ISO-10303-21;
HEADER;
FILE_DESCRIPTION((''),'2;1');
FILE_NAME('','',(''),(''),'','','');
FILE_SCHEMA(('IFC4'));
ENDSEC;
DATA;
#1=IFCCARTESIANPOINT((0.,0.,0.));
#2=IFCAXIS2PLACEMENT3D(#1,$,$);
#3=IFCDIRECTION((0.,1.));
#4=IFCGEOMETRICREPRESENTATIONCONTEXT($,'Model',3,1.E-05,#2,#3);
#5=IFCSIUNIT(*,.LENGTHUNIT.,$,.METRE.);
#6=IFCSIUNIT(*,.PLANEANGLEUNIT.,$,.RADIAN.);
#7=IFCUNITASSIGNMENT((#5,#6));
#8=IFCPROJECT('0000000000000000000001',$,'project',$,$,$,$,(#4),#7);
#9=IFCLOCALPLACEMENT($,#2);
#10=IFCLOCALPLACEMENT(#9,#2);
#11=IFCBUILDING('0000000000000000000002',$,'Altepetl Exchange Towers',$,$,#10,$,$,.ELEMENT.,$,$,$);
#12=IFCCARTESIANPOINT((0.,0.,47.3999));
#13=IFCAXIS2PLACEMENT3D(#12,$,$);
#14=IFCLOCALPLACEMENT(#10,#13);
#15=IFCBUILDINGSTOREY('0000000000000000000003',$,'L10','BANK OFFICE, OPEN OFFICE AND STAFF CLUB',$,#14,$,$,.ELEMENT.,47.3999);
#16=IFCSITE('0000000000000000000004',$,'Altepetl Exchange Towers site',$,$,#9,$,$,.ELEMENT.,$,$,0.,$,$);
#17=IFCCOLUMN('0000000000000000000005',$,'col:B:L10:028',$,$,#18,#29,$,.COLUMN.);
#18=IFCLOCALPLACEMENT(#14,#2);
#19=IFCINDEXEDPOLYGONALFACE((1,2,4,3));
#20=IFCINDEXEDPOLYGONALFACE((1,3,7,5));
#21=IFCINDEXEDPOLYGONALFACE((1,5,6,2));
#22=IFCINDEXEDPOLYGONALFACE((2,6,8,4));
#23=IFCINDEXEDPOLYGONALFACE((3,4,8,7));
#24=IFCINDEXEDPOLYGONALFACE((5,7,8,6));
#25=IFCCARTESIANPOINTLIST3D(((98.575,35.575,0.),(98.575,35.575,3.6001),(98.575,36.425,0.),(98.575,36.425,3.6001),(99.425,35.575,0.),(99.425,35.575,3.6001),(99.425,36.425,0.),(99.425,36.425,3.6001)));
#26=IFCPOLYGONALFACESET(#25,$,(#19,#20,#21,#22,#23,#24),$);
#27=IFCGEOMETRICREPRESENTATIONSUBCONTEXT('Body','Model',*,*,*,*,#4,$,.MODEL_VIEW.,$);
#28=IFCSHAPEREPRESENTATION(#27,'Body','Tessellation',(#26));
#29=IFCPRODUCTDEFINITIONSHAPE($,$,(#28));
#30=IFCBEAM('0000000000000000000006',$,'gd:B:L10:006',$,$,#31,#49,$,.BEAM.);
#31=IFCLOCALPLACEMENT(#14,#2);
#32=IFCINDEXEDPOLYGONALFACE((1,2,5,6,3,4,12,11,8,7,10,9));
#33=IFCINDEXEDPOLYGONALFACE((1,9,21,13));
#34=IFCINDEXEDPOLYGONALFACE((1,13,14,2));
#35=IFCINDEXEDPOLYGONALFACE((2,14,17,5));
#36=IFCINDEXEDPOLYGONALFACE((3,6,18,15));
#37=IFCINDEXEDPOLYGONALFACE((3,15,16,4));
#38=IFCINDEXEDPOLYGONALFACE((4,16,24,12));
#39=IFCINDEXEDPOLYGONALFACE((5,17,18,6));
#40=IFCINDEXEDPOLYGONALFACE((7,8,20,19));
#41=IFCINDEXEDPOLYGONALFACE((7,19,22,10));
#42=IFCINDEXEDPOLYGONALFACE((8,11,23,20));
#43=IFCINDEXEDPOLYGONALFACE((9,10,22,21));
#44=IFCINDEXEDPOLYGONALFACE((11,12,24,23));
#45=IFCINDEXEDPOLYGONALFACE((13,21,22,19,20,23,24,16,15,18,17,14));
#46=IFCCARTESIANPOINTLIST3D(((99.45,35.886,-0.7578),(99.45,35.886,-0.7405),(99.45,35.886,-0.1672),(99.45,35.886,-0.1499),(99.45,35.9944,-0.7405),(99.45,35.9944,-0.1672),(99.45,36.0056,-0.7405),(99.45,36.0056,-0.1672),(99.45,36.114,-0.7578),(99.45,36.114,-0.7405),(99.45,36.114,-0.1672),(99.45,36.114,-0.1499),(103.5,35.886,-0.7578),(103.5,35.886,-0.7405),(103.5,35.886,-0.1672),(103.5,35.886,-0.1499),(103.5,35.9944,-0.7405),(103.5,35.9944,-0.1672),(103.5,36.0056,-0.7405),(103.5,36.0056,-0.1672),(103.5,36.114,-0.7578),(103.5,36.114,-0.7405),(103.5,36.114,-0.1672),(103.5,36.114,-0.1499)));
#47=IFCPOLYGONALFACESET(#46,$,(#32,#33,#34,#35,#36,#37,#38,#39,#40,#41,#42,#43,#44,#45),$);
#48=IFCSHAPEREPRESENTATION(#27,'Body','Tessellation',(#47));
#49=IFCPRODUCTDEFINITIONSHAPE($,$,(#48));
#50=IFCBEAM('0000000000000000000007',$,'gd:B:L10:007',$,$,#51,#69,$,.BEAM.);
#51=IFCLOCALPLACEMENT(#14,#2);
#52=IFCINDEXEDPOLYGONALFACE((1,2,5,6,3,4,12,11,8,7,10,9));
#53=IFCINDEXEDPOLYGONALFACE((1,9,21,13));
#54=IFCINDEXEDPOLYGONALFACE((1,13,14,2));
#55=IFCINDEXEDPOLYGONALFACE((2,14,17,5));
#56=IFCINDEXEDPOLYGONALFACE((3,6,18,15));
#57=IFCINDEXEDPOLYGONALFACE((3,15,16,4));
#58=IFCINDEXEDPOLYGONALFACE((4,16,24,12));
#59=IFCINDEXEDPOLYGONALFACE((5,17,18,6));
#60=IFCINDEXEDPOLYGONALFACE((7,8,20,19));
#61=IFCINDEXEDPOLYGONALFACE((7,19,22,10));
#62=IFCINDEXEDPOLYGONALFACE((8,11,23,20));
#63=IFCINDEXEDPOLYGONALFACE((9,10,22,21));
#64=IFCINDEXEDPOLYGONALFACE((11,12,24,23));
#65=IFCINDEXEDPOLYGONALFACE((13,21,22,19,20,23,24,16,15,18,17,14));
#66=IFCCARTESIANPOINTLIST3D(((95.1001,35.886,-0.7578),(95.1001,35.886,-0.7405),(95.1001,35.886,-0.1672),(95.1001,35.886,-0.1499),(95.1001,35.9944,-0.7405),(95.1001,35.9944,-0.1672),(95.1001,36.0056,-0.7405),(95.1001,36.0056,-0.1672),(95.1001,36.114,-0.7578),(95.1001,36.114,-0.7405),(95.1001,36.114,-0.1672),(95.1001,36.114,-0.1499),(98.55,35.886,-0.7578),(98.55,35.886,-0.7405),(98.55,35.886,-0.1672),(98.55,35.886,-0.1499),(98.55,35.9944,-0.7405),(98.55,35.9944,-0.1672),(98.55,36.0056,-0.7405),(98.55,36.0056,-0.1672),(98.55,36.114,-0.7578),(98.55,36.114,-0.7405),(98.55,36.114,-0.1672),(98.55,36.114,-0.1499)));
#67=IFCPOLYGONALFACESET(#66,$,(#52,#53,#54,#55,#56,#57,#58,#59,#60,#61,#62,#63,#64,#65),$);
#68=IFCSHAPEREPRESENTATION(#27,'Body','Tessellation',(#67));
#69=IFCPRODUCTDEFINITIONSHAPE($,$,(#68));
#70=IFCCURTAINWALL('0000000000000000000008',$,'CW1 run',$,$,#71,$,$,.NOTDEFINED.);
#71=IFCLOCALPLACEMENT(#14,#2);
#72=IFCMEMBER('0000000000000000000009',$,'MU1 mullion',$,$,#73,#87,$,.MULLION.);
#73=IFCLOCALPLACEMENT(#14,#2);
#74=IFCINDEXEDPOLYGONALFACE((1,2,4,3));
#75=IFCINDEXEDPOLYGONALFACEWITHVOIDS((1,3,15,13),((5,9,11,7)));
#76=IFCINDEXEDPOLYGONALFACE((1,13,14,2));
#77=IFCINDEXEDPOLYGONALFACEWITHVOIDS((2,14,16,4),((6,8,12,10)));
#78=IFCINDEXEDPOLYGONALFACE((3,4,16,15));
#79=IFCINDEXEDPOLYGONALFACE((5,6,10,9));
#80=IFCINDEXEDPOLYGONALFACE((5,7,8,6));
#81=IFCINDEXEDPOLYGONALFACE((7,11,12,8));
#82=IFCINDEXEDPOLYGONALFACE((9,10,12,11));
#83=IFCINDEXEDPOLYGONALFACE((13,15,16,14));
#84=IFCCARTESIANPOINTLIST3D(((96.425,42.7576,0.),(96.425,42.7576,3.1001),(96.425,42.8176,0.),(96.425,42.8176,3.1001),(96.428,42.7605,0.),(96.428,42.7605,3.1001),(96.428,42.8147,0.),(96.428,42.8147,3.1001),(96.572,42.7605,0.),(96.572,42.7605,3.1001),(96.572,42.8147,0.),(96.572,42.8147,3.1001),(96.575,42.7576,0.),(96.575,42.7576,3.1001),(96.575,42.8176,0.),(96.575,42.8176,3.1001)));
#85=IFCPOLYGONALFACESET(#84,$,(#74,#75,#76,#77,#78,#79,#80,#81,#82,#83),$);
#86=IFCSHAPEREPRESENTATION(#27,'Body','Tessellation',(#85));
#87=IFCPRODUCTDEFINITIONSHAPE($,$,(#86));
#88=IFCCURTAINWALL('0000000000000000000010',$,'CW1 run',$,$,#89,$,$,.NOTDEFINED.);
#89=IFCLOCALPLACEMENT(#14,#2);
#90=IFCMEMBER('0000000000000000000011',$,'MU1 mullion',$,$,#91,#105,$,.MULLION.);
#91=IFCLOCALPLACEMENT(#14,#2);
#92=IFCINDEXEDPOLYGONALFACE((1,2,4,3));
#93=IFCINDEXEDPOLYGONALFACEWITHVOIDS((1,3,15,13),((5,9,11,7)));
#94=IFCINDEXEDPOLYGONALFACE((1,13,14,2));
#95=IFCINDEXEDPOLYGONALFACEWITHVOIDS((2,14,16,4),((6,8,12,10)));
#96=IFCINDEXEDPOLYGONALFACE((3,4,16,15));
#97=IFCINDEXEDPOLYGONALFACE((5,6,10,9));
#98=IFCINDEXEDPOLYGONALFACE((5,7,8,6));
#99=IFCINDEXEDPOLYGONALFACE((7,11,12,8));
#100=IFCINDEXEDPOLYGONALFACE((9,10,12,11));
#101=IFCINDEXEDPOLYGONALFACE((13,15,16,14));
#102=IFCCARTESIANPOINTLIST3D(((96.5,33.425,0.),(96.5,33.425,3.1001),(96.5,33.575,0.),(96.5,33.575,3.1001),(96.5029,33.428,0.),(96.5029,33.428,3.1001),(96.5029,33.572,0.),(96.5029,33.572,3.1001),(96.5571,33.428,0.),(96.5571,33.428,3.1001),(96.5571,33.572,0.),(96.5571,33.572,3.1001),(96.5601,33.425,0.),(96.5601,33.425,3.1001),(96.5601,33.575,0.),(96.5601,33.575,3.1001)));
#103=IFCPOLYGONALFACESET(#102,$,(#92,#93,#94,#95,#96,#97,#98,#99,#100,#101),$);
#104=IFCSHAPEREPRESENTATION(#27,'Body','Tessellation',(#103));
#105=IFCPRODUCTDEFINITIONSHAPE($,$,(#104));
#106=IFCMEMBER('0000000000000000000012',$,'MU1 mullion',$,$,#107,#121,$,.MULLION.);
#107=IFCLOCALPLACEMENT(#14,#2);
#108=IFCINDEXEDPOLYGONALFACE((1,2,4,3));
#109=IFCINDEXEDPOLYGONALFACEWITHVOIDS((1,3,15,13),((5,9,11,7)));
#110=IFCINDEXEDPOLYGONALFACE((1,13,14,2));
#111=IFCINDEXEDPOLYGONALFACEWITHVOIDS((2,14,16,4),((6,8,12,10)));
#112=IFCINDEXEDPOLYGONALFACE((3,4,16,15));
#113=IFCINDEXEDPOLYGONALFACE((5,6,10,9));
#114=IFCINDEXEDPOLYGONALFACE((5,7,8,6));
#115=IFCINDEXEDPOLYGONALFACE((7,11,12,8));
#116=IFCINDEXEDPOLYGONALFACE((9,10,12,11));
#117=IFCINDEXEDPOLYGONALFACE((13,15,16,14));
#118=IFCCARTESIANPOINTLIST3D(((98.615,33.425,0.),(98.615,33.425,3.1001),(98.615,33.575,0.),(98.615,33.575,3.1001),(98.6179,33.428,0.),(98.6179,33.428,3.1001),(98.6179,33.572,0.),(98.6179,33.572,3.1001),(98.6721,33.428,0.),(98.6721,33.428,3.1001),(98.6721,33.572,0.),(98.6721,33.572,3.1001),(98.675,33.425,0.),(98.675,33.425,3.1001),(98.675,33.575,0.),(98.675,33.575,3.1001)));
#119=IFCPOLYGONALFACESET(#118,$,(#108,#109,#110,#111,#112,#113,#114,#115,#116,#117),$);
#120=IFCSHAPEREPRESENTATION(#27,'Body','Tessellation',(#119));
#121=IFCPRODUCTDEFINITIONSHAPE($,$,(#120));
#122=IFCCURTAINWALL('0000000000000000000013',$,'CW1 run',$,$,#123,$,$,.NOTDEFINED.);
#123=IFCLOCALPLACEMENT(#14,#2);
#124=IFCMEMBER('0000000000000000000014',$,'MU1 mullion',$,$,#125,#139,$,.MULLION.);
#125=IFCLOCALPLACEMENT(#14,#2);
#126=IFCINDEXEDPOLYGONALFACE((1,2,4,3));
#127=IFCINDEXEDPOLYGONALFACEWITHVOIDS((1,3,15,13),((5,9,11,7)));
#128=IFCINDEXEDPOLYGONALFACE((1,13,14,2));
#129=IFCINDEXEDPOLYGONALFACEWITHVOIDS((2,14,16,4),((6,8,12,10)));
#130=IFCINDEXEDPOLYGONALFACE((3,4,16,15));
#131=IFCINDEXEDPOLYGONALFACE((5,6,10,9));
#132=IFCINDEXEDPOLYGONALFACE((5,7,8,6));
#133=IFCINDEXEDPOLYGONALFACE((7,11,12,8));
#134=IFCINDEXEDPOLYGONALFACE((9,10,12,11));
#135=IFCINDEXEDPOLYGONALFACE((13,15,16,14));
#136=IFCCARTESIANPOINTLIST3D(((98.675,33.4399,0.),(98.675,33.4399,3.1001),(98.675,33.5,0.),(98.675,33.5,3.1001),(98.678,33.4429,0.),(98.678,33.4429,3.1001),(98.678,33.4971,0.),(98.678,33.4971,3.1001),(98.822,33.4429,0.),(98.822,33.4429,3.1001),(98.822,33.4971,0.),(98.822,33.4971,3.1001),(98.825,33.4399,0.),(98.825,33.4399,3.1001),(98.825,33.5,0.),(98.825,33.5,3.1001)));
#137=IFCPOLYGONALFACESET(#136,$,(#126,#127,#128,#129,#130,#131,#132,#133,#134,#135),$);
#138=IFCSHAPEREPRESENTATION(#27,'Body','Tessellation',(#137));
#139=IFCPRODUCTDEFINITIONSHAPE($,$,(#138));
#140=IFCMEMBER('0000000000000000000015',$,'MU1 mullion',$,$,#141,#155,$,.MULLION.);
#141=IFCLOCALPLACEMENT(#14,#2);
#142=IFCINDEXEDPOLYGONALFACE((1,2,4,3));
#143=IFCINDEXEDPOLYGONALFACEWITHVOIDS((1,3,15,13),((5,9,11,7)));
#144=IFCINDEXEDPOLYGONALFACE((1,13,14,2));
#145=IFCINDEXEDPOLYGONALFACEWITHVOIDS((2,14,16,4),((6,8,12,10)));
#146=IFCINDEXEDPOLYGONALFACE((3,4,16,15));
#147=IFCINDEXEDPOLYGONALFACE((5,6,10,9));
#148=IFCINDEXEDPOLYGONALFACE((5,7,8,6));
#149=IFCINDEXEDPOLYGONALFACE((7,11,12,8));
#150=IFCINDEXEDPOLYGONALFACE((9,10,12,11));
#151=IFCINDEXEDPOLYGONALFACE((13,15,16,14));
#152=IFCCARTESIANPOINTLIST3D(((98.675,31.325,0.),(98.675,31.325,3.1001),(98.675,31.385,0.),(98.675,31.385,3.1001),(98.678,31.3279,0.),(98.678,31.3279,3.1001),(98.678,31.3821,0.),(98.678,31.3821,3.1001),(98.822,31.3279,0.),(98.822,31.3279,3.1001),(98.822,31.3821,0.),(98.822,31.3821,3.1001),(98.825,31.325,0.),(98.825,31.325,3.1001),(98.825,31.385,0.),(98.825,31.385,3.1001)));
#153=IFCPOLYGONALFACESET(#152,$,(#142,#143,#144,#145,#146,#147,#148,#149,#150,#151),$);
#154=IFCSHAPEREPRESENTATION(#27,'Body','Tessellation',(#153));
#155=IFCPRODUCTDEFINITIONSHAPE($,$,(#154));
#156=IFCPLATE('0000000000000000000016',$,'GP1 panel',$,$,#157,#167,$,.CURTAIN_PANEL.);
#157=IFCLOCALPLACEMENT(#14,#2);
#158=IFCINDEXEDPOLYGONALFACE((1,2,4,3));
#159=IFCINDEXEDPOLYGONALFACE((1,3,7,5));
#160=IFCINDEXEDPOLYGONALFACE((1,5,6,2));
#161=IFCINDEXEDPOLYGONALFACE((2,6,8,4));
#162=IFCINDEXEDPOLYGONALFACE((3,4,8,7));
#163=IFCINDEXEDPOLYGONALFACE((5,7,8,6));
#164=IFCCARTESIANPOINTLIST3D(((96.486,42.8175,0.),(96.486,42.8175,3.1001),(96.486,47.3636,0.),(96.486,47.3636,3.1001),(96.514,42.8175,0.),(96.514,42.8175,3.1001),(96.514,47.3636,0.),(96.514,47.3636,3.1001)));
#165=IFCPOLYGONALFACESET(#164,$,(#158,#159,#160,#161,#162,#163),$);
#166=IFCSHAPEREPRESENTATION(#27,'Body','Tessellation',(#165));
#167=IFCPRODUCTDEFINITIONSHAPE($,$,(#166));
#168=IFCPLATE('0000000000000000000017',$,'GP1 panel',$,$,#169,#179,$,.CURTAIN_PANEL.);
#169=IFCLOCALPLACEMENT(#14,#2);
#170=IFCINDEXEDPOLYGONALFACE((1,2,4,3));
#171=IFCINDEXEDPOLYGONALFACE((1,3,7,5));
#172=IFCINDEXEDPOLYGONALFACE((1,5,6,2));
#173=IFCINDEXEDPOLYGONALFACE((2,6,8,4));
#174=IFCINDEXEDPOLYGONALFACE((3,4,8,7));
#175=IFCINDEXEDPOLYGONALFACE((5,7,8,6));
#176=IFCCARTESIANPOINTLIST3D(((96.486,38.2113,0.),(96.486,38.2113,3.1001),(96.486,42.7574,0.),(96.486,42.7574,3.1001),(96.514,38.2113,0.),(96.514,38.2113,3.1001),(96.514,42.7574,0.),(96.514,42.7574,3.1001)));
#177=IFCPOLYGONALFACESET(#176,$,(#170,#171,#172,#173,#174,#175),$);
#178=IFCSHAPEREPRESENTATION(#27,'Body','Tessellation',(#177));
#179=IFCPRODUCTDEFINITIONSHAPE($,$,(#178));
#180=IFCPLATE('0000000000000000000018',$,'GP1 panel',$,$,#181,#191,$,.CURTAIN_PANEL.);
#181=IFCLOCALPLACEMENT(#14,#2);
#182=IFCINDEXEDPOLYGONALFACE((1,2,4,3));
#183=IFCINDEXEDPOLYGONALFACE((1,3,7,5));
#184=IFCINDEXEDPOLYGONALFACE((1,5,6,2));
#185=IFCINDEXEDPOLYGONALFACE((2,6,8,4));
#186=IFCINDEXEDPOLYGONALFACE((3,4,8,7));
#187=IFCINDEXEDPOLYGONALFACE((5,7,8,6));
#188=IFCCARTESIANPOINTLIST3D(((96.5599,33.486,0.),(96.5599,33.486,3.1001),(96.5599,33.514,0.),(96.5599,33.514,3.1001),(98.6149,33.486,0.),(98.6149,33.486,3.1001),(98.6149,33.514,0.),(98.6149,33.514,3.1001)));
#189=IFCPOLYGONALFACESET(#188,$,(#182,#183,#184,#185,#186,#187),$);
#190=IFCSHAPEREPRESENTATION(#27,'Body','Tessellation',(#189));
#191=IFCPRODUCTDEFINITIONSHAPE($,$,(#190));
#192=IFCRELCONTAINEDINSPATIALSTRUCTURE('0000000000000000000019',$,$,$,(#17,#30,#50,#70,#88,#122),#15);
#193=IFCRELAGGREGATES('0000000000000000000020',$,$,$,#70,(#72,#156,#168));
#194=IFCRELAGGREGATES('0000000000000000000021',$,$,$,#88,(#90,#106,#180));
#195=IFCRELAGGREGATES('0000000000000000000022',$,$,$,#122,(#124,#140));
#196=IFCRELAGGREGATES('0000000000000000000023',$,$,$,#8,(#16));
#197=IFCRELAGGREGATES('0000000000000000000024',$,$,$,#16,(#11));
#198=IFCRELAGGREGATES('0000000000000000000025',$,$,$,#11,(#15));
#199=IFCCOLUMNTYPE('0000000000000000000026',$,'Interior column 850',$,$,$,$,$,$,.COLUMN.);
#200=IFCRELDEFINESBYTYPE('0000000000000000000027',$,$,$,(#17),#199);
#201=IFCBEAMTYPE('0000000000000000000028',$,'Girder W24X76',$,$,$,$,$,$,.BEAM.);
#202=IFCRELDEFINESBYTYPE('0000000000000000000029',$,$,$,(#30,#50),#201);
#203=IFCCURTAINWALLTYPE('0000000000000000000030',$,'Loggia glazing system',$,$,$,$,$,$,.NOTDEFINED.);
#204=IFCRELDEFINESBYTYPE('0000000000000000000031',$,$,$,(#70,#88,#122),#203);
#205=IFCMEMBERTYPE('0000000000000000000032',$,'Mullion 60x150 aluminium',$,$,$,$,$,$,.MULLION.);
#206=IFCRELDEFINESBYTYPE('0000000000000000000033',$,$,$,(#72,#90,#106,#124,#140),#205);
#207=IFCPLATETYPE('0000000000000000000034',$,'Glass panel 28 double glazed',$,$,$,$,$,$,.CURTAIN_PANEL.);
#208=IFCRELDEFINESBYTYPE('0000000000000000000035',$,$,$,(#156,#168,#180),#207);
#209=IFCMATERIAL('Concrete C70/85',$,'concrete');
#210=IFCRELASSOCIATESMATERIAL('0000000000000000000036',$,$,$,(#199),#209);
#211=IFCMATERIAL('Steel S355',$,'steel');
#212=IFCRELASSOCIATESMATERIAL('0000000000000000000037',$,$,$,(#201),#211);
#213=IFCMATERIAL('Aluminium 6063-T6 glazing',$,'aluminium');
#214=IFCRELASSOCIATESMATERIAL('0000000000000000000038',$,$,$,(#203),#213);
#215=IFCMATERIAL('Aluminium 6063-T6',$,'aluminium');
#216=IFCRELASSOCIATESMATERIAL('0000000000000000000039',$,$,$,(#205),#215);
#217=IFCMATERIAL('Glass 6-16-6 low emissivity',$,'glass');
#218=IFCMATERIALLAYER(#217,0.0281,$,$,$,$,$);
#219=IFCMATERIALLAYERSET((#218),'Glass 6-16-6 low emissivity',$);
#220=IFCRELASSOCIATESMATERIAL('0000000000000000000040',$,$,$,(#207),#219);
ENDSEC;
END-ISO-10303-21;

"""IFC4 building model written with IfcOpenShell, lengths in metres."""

from ifc_helpers import new_model, si_unit, direction, frame, origin, origin_2d, place, context, subcontext, project, spatial, rectangle, hollow_rectangle, i_section, extrude, material, layer, layer_set, material_profile, profile_set, type_object, element, aggregate, save


model = new_model("IFC4")

# Units and contexts
model_context = context("Model", 3, precision=1e-05, world=origin(), true_north=direction((0.0, 1.0)))
body_context = subcontext(model_context, "Body", "Model", "MODEL_VIEW")
ifc_project = project(units=[si_unit("LENGTHUNIT", "METRE"), si_unit("PLANEANGLEUNIT", "RADIAN")], contexts=[model_context])

# Site, building, storey
site_placement = place(None, origin())
site = spatial("IfcSite", under=ifc_project, at=site_placement, Name="Altepetl Exchange Towers site", CompositionType="ELEMENT", RefElevation=0.0)
building_placement = place(site_placement, origin())
building = spatial("IfcBuilding", under=site, at=building_placement, Name="Altepetl Exchange Towers", CompositionType="ELEMENT")
storey_placement = place(building_placement, frame((0.0, 0.0, 47.3999)))
storey = spatial("IfcBuildingStorey", under=building, at=storey_placement, Name="L10", Description="BANK OFFICE, OPEN OFFICE AND STAFF CLUB", CompositionType="ELEMENT", Elevation=47.3999)

# Column
ifc_material_1 = material(Name="Concrete C70/85", Category="concrete")
ifc_material_profile_1 = material_profile(ifc_material_1, rectangle(XDim=0.8501, YDim=0.8501, at=origin_2d()), Name="850 x 850")
ifc_profile_set_1 = profile_set([ifc_material_profile_1], Name="Concrete C70/85")
column_type = type_object("IfcColumnType", Name="Interior column 850", PredefinedType="COLUMN", material=ifc_profile_set_1)
column_placement = place(storey_placement, frame((99.0, 36.0, 0.0)))
element("IfcColumn", 1, at=column_placement, inside=storey, type_object=column_type, Name="col:B:L10:028", PredefinedType="COLUMN", context=body_context, shape_type="SweptSolid", body=[
    extrude(rectangle(XDim=0.8501, YDim=0.8501, at=origin_2d()), origin(), (0.0, 0.0, 1.0), 3.6001),
])

# Beams
ifc_material_2 = material(Name="Steel S355", Category="steel")
ifc_material_profile_2 = material_profile(ifc_material_2, i_section(OverallWidth=0.228, OverallDepth=0.6079, WebThickness=0.0112, FlangeThickness=0.0173, at=origin_2d()), Name="W24X76")
ifc_profile_set_2 = profile_set([ifc_material_profile_2], Name="Steel S355")
beam_type = type_object("IfcBeamType", Name="Girder W24X76", PredefinedType="BEAM", material=ifc_profile_set_2)
beam_1_placement = place(storey_placement, frame((103.5, 36.0, -0.4539), z_axis=(-1.0, 0.0, 0.0), x_axis=(0.0, -1.0, 0.0)))
element("IfcBeam", 2, at=beam_1_placement, inside=storey, type_object=beam_type, Name="gd:B:L10:006", PredefinedType="BEAM", context=body_context, shape_type="SweptSolid", body=[
    extrude(i_section(OverallWidth=0.228, OverallDepth=0.6079, WebThickness=0.0112, FlangeThickness=0.0173, at=origin_2d()), origin(), (0.0, 0.0, 1.0), 4.05),
])
beam_2_placement = place(storey_placement, frame((98.55, 36.0, -0.4539), z_axis=(-1.0, 0.0, 0.0), x_axis=(0.0, -1.0, 0.0)))
element("IfcBeam", 3, at=beam_2_placement, inside=storey, type_object=beam_type, Name="gd:B:L10:007", PredefinedType="BEAM", context=body_context, shape_type="SweptSolid", body=[
    extrude(i_section(OverallWidth=0.228, OverallDepth=0.6079, WebThickness=0.0112, FlangeThickness=0.0173, at=origin_2d()), origin(), (0.0, 0.0, 1.0), 3.45),
])

# Curtain wall, member
ifc_material_3 = material(Name="Aluminium 6063-T6 glazing", Category="aluminium")
curtain_wall_type = type_object("IfcCurtainWallType", Name="Loggia glazing system", PredefinedType="NOTDEFINED", material=ifc_material_3)
curtain_wall_1_placement = place(storey_placement, origin())
curtain_wall_1 = element("IfcCurtainWall", 4, at=curtain_wall_1_placement, inside=storey, type_object=curtain_wall_type, Name="CW1 run", PredefinedType="NOTDEFINED")
ifc_material_4 = material(Name="Aluminium 6063-T6", Category="aluminium")
ifc_material_profile_3 = material_profile(ifc_material_4, hollow_rectangle(XDim=0.0601, YDim=0.1499, WallThickness=0.0029, at=origin_2d()), Name="Mullion 60x150 aluminium")
ifc_profile_set_3 = profile_set([ifc_material_profile_3], Name="Aluminium 6063-T6")
member_type = type_object("IfcMemberType", Name="Mullion 60x150 aluminium", PredefinedType="MULLION", material=ifc_profile_set_3)
member_1_placement = place(storey_placement, frame((96.5, 42.7876, 0.0), z_axis=(0.0, 0.0, 1.0), x_axis=(0.0, -1.0, 0.0)))
member_1 = element("IfcMember", 5, at=member_1_placement, type_object=member_type, Name="MU1 mullion", PredefinedType="MULLION", context=body_context, shape_type="SweptSolid", body=[
    extrude(hollow_rectangle(XDim=0.0601, YDim=0.1499, WallThickness=0.0029, at=origin_2d()), origin(), (0.0, 0.0, 1.0), 3.1001),
])

# Curtain walls, members
curtain_wall_2_placement = place(storey_placement, origin())
curtain_wall_2 = element("IfcCurtainWall", 6, at=curtain_wall_2_placement, inside=storey, type_object=curtain_wall_type, Name="CW1 run", PredefinedType="NOTDEFINED")
member_2_placement = place(storey_placement, frame((96.53, 33.5, 0.0)))
member_2 = element("IfcMember", 7, at=member_2_placement, type_object=member_type, Name="MU1 mullion", PredefinedType="MULLION", context=body_context, shape_type="SweptSolid", body=[
    extrude(hollow_rectangle(XDim=0.0601, YDim=0.1499, WallThickness=0.0029, at=origin_2d()), origin(), (0.0, 0.0, 1.0), 3.1001),
])
member_3_placement = place(storey_placement, frame((98.645, 33.5, 0.0)))
member_3 = element("IfcMember", 8, at=member_3_placement, type_object=member_type, Name="MU1 mullion", PredefinedType="MULLION", context=body_context, shape_type="SweptSolid", body=[
    extrude(hollow_rectangle(XDim=0.0601, YDim=0.1499, WallThickness=0.0029, at=origin_2d()), origin(), (0.0, 0.0, 1.0), 3.1001),
])
curtain_wall_3_placement = place(storey_placement, origin())
curtain_wall_3 = element("IfcCurtainWall", 9, at=curtain_wall_3_placement, inside=storey, type_object=curtain_wall_type, Name="CW1 run", PredefinedType="NOTDEFINED")
member_4_placement = place(storey_placement, frame((98.75, 33.47, 0.0), z_axis=(0.0, 0.0, 1.0), x_axis=(0.0, -1.0, 0.0)))
member_4 = element("IfcMember", 10, at=member_4_placement, type_object=member_type, Name="MU1 mullion", PredefinedType="MULLION", context=body_context, shape_type="SweptSolid", body=[
    extrude(hollow_rectangle(XDim=0.0601, YDim=0.1499, WallThickness=0.0029, at=origin_2d()), origin(), (0.0, 0.0, 1.0), 3.1001),
])
member_5_placement = place(storey_placement, frame((98.75, 31.355, 0.0), z_axis=(0.0, 0.0, 1.0), x_axis=(0.0, -1.0, 0.0)))
member_5 = element("IfcMember", 11, at=member_5_placement, type_object=member_type, Name="MU1 mullion", PredefinedType="MULLION", context=body_context, shape_type="SweptSolid", body=[
    extrude(hollow_rectangle(XDim=0.0601, YDim=0.1499, WallThickness=0.0029, at=origin_2d()), origin(), (0.0, 0.0, 1.0), 3.1001),
])

# Plates
ifc_material_5 = material(Name="Glass 6-16-6 low emissivity", Category="glass")
ifc_layer_1 = layer(ifc_material_5, 0.0281)
ifc_layer_set_1 = layer_set([ifc_layer_1], Name="Glass 6-16-6 low emissivity")
plate_type = type_object("IfcPlateType", Name="Glass panel 28 double glazed", PredefinedType="CURTAIN_PANEL", material=ifc_layer_set_1)
plate_1_placement = place(storey_placement, frame((96.5, 45.0906, 0.0), z_axis=(0.0, 0.0, 1.0), x_axis=(0.0, -1.0, 0.0)))
plate_1 = element("IfcPlate", 12, at=plate_1_placement, type_object=plate_type, Name="GP1 panel", PredefinedType="CURTAIN_PANEL", context=body_context, shape_type="SweptSolid", body=[
    extrude(rectangle(XDim=4.5461, YDim=0.0281, at=origin_2d()), origin(), (0.0, 0.0, 1.0), 3.1001),
])
plate_2_placement = place(storey_placement, frame((96.5, 40.4844, 0.0), z_axis=(0.0, 0.0, 1.0), x_axis=(0.0, -1.0, 0.0)))
plate_2 = element("IfcPlate", 13, at=plate_2_placement, type_object=plate_type, Name="GP1 panel", PredefinedType="CURTAIN_PANEL", context=body_context, shape_type="SweptSolid", body=[
    extrude(rectangle(XDim=4.5461, YDim=0.0281, at=origin_2d()), origin(), (0.0, 0.0, 1.0), 3.1001),
])
aggregate(curtain_wall_1, [member_1, plate_1, plate_2])
plate_3_placement = place(storey_placement, frame((97.5874, 33.5, 0.0)))
plate_3 = element("IfcPlate", 14, at=plate_3_placement, type_object=plate_type, Name="GP1 panel", PredefinedType="CURTAIN_PANEL", context=body_context, shape_type="SweptSolid", body=[
    extrude(rectangle(XDim=2.0549, YDim=0.0281, at=origin_2d()), origin(), (0.0, 0.0, 1.0), 3.1001),
])
aggregate(curtain_wall_2, [member_2, member_3, plate_3])
aggregate(curtain_wall_3, [member_4, member_5])

save(model, "model.ifc")
